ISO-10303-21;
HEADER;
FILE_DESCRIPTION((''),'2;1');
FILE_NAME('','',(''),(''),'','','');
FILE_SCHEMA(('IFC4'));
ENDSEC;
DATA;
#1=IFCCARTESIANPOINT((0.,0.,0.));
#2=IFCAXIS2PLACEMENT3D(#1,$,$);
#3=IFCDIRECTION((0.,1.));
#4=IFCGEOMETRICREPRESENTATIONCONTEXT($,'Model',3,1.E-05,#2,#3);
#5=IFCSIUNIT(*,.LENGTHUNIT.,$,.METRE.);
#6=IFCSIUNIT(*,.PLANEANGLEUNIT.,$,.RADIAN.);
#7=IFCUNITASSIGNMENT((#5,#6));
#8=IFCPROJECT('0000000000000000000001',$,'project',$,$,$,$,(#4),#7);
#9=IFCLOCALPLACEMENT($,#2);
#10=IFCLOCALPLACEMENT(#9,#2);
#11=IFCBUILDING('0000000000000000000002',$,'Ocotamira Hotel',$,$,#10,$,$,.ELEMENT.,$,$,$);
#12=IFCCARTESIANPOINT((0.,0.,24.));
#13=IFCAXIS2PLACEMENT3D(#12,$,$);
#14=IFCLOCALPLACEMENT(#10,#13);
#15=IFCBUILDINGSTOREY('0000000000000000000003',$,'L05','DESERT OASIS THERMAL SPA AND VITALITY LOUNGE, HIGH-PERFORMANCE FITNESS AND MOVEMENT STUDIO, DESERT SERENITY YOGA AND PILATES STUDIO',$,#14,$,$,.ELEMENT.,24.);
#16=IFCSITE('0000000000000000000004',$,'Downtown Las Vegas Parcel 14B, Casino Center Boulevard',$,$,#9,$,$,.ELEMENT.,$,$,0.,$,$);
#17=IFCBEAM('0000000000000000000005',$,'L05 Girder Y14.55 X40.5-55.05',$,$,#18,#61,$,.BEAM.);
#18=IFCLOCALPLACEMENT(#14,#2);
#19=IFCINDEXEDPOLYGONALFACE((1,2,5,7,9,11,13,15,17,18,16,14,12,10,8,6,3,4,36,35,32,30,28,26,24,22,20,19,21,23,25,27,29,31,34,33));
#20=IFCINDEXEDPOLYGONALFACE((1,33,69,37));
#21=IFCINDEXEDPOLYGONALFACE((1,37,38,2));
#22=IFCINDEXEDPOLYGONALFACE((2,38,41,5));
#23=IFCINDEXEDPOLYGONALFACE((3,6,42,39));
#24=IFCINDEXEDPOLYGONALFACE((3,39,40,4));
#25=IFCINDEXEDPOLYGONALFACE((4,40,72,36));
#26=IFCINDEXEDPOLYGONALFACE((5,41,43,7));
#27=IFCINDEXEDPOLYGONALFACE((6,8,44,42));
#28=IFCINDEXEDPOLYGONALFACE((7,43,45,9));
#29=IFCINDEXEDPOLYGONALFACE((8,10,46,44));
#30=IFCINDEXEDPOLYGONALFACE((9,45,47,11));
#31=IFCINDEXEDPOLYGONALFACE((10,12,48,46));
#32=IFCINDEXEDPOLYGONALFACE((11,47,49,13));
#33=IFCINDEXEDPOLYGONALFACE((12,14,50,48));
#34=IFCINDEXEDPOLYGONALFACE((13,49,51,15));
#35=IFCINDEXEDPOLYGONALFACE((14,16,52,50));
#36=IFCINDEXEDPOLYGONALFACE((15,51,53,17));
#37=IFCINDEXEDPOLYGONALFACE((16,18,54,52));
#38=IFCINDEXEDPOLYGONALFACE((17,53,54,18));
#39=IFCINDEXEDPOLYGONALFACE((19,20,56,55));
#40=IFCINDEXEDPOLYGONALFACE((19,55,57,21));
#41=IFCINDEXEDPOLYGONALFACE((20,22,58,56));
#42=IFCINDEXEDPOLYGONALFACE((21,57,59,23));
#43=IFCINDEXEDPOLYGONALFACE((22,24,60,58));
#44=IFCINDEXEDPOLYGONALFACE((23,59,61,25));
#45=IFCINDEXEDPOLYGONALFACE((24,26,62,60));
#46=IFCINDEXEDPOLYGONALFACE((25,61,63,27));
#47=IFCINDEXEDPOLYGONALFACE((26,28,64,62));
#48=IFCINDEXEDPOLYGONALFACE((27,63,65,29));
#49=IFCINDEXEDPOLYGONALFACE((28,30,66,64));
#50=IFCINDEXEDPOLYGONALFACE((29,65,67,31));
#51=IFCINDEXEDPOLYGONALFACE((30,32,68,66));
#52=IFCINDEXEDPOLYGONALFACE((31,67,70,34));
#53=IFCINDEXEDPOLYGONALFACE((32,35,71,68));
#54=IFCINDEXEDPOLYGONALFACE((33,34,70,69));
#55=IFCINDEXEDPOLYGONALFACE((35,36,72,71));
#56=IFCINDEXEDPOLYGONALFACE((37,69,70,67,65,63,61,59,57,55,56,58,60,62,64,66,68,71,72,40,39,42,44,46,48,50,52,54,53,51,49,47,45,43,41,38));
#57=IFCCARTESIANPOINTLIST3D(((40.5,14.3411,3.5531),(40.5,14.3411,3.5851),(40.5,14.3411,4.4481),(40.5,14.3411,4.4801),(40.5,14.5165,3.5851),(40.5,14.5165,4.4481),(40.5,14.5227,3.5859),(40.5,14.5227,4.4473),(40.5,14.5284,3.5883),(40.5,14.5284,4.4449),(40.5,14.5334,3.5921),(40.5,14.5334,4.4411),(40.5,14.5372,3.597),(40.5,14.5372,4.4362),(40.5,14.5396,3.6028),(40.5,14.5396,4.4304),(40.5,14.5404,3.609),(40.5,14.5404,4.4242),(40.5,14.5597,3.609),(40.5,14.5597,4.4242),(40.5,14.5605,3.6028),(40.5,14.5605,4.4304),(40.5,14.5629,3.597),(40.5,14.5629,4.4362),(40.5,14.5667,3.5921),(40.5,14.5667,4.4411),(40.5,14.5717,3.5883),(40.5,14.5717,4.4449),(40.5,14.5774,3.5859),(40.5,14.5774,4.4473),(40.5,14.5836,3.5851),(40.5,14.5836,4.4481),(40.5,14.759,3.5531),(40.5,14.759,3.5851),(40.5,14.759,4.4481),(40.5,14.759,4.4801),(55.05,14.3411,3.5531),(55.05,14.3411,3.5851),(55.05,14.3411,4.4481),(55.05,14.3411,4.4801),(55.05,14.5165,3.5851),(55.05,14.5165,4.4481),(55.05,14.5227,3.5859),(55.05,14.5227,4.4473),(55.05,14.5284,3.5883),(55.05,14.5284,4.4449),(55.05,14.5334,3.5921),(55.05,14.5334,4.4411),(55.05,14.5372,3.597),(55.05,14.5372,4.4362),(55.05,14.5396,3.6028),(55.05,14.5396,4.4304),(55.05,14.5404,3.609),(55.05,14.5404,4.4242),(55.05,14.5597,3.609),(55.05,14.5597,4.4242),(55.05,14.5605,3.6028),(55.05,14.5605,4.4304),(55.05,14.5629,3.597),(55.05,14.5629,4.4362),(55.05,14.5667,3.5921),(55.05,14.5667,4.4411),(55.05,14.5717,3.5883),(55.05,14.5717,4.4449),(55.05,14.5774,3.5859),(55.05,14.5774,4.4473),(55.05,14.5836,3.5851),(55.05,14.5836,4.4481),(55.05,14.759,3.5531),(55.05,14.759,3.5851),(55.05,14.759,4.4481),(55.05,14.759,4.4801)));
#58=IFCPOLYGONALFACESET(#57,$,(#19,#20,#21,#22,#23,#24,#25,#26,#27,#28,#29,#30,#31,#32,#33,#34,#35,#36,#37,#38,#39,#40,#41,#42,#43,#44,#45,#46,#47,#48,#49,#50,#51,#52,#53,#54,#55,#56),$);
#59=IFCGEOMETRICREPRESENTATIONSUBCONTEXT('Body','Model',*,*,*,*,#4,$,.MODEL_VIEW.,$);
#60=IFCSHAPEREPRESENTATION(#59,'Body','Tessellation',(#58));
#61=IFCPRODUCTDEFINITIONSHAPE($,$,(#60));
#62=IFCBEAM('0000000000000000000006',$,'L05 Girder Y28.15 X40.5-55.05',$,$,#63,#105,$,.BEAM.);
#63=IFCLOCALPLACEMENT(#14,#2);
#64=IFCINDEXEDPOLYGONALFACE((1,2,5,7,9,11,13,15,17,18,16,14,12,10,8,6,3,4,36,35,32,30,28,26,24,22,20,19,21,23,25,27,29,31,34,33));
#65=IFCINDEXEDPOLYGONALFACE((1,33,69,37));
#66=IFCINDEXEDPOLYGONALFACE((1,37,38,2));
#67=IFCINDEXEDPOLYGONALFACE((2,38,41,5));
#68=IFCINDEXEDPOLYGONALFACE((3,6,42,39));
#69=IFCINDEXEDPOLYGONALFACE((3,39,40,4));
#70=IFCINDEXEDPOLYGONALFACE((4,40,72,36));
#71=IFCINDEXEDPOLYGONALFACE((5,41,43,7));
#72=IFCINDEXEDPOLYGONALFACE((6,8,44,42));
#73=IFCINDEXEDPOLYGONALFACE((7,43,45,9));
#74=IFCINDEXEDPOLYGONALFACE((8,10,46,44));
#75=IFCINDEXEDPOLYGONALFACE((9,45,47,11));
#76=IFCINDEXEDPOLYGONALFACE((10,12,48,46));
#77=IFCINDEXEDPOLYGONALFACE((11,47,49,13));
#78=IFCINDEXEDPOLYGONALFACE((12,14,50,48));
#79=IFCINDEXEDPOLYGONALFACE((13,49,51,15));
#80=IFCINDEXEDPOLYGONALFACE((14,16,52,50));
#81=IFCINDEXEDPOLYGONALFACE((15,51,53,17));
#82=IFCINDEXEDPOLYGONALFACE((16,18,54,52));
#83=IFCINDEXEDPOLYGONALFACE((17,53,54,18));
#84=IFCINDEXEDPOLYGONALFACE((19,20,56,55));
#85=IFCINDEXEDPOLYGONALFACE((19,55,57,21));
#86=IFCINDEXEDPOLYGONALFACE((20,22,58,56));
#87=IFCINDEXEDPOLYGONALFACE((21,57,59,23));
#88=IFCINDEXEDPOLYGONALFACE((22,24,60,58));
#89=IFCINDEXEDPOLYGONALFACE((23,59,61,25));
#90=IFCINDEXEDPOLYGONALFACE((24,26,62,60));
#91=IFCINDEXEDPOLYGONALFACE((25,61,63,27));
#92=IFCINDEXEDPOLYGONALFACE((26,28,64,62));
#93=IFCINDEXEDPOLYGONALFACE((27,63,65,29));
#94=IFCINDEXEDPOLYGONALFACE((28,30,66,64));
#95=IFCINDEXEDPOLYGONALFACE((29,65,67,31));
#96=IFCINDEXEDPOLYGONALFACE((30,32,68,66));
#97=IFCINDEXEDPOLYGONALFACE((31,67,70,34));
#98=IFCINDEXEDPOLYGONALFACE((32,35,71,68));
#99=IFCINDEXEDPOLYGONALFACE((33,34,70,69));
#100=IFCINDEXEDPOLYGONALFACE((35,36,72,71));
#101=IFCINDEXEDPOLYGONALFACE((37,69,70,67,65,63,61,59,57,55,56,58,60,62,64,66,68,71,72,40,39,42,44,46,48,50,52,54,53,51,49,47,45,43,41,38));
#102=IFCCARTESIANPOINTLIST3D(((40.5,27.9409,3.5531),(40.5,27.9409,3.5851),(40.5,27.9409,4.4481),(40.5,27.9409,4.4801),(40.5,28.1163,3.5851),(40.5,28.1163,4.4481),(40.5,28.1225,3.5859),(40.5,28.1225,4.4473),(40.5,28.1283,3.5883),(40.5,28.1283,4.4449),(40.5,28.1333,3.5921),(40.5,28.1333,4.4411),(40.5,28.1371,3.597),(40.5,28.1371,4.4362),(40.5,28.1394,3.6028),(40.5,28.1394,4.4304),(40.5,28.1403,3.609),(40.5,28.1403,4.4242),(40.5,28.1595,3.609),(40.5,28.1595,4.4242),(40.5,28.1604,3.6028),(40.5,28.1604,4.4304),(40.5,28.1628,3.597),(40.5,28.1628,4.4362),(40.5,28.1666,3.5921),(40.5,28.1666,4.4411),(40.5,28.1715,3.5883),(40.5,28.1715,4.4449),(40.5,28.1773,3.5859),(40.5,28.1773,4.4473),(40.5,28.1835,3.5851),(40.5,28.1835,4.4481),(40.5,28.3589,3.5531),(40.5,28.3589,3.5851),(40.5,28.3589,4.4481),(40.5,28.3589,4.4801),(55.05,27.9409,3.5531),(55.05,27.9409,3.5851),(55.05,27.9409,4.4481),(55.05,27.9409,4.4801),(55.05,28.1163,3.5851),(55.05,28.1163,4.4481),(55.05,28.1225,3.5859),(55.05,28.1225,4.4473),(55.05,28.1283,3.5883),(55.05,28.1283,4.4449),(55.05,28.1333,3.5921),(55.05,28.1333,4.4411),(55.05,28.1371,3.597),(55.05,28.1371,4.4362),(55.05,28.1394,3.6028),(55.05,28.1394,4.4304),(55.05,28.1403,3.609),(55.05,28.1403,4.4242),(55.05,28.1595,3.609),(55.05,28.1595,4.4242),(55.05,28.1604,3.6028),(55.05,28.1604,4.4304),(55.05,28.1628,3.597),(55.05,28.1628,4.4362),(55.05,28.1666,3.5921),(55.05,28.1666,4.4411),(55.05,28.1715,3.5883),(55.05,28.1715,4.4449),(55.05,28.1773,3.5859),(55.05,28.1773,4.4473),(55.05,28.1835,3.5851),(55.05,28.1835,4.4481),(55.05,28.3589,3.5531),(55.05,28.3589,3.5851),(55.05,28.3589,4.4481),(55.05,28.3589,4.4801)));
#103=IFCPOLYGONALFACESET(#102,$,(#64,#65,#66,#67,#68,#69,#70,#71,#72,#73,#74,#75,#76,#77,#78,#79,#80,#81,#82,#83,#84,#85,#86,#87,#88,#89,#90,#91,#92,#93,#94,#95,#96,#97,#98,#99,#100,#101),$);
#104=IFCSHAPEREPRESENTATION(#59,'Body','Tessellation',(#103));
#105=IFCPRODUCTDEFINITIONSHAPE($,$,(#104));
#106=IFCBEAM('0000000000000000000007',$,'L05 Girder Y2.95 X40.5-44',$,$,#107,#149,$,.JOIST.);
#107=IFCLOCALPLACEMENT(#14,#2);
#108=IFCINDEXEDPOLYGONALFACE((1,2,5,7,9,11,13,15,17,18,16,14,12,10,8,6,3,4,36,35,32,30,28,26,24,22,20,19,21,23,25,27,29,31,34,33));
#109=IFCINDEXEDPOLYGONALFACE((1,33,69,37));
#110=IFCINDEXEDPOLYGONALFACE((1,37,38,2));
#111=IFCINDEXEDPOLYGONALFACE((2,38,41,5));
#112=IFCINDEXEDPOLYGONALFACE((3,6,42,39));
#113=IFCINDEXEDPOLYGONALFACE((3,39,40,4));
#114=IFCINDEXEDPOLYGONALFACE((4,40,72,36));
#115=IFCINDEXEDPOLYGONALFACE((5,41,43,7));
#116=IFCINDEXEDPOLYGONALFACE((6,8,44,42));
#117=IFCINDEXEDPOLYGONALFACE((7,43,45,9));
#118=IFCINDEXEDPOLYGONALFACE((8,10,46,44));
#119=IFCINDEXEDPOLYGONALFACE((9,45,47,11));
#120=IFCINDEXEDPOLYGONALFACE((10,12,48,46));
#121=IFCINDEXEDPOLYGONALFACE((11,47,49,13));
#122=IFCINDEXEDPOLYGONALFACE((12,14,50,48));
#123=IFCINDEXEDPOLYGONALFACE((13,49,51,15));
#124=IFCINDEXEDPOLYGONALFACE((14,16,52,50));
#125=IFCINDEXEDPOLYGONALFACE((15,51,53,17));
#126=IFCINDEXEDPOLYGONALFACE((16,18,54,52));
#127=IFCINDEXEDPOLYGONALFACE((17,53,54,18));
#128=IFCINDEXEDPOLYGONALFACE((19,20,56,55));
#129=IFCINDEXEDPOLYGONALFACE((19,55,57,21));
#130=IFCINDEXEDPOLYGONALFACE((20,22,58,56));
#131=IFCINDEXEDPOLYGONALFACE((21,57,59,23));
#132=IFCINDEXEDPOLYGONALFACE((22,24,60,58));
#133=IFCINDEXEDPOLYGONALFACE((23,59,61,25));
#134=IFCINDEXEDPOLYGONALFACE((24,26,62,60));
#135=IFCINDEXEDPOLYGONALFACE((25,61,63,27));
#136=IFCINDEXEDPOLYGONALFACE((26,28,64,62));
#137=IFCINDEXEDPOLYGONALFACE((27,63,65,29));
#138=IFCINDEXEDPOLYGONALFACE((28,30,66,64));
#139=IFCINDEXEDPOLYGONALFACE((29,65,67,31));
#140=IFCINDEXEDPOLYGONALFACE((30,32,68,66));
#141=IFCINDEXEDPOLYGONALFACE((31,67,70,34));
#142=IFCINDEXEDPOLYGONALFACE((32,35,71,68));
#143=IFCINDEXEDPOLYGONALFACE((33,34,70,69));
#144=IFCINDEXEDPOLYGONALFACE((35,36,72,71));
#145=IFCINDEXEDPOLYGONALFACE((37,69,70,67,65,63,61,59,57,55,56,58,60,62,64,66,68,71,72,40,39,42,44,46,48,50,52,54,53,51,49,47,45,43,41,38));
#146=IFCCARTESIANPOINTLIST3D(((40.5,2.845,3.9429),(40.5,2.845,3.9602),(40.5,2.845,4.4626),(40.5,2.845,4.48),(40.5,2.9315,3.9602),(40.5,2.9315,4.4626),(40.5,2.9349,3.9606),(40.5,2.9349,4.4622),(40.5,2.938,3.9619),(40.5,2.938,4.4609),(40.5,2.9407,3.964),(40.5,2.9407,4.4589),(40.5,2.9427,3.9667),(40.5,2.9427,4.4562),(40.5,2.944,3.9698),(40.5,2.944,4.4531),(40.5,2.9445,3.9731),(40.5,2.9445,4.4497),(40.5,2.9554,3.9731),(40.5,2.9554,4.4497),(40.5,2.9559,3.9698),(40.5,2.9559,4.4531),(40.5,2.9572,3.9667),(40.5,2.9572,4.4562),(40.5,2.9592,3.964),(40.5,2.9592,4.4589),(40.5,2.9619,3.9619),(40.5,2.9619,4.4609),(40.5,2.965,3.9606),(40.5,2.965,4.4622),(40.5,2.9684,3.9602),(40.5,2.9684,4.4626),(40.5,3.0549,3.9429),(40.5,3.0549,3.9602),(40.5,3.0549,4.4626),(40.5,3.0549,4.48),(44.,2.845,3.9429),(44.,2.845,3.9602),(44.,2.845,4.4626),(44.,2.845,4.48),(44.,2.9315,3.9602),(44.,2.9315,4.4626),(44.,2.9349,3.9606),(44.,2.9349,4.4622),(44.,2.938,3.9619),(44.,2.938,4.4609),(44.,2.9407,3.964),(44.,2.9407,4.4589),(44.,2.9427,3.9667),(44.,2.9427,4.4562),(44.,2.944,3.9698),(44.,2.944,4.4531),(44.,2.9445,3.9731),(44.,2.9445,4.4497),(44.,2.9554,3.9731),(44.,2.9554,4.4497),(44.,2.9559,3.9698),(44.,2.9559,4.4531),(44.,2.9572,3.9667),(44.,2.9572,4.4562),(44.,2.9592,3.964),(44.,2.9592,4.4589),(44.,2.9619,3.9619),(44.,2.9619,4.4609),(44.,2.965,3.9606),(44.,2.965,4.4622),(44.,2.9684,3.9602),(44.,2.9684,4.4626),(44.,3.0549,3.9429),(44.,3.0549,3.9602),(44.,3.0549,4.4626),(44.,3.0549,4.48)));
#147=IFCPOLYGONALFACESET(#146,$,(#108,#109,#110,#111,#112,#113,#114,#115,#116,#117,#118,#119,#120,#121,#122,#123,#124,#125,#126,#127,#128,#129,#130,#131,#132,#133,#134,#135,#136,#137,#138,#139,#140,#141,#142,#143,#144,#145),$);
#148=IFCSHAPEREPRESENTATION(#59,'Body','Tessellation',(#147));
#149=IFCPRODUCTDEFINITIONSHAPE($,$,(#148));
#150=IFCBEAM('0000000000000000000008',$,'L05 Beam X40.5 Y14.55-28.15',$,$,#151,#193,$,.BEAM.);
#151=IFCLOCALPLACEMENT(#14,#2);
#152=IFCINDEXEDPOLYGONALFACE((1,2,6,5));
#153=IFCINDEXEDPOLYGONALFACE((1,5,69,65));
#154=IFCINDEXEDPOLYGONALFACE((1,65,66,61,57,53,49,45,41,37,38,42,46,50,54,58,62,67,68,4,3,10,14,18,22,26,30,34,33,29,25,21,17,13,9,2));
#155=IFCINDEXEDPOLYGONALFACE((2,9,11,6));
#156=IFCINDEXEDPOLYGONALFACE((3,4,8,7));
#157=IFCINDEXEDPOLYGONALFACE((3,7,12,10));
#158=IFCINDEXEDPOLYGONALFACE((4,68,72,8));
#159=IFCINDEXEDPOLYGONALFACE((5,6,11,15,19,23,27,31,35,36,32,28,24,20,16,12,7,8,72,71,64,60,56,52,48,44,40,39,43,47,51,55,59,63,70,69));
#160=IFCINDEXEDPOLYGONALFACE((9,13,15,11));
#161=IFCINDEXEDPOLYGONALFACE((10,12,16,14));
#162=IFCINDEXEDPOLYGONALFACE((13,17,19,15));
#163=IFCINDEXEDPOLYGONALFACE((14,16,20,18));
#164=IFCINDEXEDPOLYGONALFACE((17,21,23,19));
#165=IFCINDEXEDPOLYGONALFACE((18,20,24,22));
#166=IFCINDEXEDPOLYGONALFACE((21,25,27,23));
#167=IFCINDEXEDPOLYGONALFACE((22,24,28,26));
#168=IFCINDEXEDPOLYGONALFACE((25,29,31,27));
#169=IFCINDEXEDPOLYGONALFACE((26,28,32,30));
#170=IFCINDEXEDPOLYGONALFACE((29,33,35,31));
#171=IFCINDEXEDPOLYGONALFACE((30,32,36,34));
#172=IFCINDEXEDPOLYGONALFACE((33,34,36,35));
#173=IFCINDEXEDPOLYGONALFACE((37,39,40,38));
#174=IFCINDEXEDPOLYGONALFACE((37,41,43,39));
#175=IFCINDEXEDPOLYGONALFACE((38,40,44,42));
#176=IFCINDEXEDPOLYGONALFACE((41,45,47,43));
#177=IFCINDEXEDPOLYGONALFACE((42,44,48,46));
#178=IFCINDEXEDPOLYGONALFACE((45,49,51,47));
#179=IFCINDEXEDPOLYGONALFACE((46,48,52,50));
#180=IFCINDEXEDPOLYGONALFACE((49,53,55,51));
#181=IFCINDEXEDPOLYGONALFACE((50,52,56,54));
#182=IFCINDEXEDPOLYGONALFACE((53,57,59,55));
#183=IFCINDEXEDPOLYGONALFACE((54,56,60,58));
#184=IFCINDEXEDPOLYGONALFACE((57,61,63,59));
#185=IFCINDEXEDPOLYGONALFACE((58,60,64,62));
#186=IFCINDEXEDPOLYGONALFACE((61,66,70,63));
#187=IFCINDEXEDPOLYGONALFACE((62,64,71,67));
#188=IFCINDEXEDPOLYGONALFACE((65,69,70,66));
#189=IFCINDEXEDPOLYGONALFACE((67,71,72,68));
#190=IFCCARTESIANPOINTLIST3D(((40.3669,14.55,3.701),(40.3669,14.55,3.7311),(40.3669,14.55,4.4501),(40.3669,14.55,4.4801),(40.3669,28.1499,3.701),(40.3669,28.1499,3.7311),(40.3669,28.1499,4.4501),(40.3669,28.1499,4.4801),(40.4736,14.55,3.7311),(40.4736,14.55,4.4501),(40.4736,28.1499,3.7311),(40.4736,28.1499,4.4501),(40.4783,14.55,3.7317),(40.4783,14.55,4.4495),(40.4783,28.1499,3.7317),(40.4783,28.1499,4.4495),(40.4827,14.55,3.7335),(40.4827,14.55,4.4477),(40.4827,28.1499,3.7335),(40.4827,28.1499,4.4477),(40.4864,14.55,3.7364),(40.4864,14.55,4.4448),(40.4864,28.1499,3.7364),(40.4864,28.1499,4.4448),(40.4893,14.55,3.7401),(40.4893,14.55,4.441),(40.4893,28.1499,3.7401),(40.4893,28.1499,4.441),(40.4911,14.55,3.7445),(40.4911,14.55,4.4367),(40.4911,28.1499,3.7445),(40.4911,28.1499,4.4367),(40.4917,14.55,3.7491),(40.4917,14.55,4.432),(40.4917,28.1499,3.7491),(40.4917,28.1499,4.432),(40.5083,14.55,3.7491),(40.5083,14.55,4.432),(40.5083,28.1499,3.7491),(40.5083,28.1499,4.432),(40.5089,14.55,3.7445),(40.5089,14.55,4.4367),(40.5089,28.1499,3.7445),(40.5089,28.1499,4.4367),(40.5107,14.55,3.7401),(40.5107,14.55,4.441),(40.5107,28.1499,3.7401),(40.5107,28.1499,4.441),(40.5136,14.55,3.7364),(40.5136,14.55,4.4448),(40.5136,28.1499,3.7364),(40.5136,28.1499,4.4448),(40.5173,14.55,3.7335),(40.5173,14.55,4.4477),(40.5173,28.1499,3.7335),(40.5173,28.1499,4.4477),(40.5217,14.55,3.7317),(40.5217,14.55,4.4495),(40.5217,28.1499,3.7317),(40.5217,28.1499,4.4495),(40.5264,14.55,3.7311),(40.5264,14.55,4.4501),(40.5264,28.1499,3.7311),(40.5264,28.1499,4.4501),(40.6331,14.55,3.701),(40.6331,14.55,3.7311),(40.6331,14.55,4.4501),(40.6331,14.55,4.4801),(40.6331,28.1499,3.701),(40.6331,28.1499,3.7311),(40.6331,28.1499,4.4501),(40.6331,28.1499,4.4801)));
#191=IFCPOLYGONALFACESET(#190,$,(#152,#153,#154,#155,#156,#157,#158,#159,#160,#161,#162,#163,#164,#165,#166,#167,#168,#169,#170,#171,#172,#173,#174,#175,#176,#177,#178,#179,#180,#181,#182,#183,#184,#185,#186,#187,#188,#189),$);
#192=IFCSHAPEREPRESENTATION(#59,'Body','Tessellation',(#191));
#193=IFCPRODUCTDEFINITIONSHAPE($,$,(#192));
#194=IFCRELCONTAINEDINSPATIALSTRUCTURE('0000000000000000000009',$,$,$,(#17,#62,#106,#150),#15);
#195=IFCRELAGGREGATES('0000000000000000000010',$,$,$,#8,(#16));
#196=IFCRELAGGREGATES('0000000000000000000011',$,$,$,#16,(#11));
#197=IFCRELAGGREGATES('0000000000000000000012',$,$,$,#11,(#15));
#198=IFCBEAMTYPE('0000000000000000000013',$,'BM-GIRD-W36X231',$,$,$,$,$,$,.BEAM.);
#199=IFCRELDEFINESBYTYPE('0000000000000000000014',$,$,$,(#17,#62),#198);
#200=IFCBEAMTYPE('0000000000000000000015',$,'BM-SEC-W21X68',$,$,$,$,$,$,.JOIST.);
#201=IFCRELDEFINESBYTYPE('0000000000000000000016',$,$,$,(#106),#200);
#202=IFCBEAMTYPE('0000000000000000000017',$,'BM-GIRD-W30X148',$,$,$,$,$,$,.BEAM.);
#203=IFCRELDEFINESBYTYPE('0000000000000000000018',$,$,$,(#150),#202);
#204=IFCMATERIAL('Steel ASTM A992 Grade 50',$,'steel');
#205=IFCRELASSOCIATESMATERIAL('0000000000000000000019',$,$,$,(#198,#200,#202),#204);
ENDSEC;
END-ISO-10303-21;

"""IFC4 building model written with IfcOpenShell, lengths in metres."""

from ifc_helpers import new_model, si_unit, direction, frame, origin, origin_2d, place, context, subcontext, project, spatial, i_section, extrude, source, transform, mapped, material, material_profile, profile_set, type_object, element, save


model = new_model("IFC4")

# Units and contexts
model_context = context("Model", 3, precision=1e-05, world=origin(), true_north=direction((0.0, 1.0)))
body_context = subcontext(model_context, "Body", "Model", "MODEL_VIEW")
ifc_project = project(units=[si_unit("LENGTHUNIT", "METRE"), si_unit("PLANEANGLEUNIT", "RADIAN")], contexts=[model_context])

# Site, building, storey
site_placement = place(None, origin())
site = spatial("IfcSite", under=ifc_project, at=site_placement, Name="Downtown Las Vegas Parcel 14B, Casino Center Boulevard", CompositionType="ELEMENT", RefElevation=0.0)
building_placement = place(site_placement, origin())
building = spatial("IfcBuilding", under=site, at=building_placement, Name="Ocotamira Hotel", CompositionType="ELEMENT")
storey_placement = place(building_placement, frame((0.0, 0.0, 24.0)))
storey = spatial("IfcBuildingStorey", under=building, at=storey_placement, Name="L05", Description="DESERT OASIS THERMAL SPA AND VITALITY LOUNGE, HIGH-PERFORMANCE FITNESS AND MOVEMENT STUDIO, DESERT SERENITY YOGA AND PILATES STUDIO", CompositionType="ELEMENT", Elevation=24.0)

# Beams
ifc_material_1 = material(Name="Steel ASTM A992 Grade 50", Category="steel")
ifc_material_profile_1 = material_profile(ifc_material_1, i_section(OverallWidth=0.418, OverallDepth=0.927, WebThickness=0.0193, FlangeThickness=0.032, FilletRadius=0.0239, at=origin_2d()), Name="W36X231")
ifc_profile_set_1 = profile_set([ifc_material_profile_1], Name="Steel ASTM A992 Grade 50")
beam_type_1 = type_object("IfcBeamType", Name="BM-GIRD-W36X231", PredefinedType="BEAM", material=ifc_profile_set_1)
shared_shape_1 = source(origin(), body_context, "Body", "SweptSolid", [
    extrude(i_section(OverallWidth=0.418, OverallDepth=0.927, WebThickness=0.0193, FlangeThickness=0.032, FilletRadius=0.0239, at=origin_2d()), origin(), (0.0, 0.0, 1.0), 14.55),
])
for number, where, z_axis, x_axis, name in (
    (1, (40.5, 14.55, 4.0166), (1.0, 0.0, 0.0), (0.0, 1.0, 0.0), "L05 Girder Y14.55 X40.5-55.05"),
    (2, (40.5, 28.1499, 4.0166), (1.0, 0.0, 0.0), (0.0, 1.0, 0.0), "L05 Girder Y28.15 X40.5-55.05"),
):
    element("IfcBeam", number, at=place(storey_placement, frame(where, z_axis=z_axis, x_axis=x_axis)), inside=storey, type_object=beam_type_1, Name=name, PredefinedType="BEAM", context=body_context, shape_type="MappedRepresentation", body=[
        mapped(shared_shape_1, transform((0.0, 0.0, 0.0), scale=1.0)),
    ])
ifc_material_profile_2 = material_profile(ifc_material_1, i_section(OverallWidth=0.21, OverallDepth=0.5371, WebThickness=0.011, FlangeThickness=0.0173, FilletRadius=0.0129, at=origin_2d()), Name="W21X68")
ifc_profile_set_2 = profile_set([ifc_material_profile_2], Name="Steel ASTM A992 Grade 50")
beam_type_2 = type_object("IfcBeamType", Name="BM-SEC-W21X68", PredefinedType="JOIST", material=ifc_profile_set_2)
shared_shape_2 = source(origin(), body_context, "Body", "SweptSolid", [
    extrude(i_section(OverallWidth=0.21, OverallDepth=0.5371, WebThickness=0.011, FlangeThickness=0.0173, FilletRadius=0.0129, at=origin_2d()), origin(), (0.0, 0.0, 1.0), 3.5),
])
beam_1_placement = place(storey_placement, frame((40.5, 2.95, 4.2114), z_axis=(1.0, 0.0, 0.0), x_axis=(0.0, 1.0, 0.0)))
element("IfcBeam", 3, at=beam_1_placement, inside=storey, type_object=beam_type_2, Name="L05 Girder Y2.95 X40.5-44", PredefinedType="JOIST", context=body_context, shape_type="MappedRepresentation", body=[
    mapped(shared_shape_2, transform((0.0, 0.0, 0.0), scale=1.0)),
])
ifc_material_profile_3 = material_profile(ifc_material_1, i_section(OverallWidth=0.2661, OverallDepth=0.7791, WebThickness=0.0166, FlangeThickness=0.03, FilletRadius=0.0181, at=origin_2d()), Name="W30X148")
ifc_profile_set_3 = profile_set([ifc_material_profile_3], Name="Steel ASTM A992 Grade 50")
beam_type_3 = type_object("IfcBeamType", Name="BM-GIRD-W30X148", PredefinedType="BEAM", material=ifc_profile_set_3)
shared_shape_3 = source(origin(), body_context, "Body", "SweptSolid", [
    extrude(i_section(OverallWidth=0.2661, OverallDepth=0.7791, WebThickness=0.0166, FlangeThickness=0.03, FilletRadius=0.0181, at=origin_2d()), origin(), (0.0, 0.0, 1.0), 13.5999),
])
beam_2_placement = place(storey_placement, frame((40.5, 14.55, 4.0906), z_axis=(0.0, 1.0, 0.0), x_axis=(-1.0, 0.0, 0.0)))
element("IfcBeam", 4, at=beam_2_placement, inside=storey, type_object=beam_type_3, Name="L05 Beam X40.5 Y14.55-28.15", PredefinedType="BEAM", context=body_context, shape_type="MappedRepresentation", body=[
    mapped(shared_shape_3, transform((0.0, 0.0, 0.0), scale=1.0)),
])

save(model, "model.ifc")
